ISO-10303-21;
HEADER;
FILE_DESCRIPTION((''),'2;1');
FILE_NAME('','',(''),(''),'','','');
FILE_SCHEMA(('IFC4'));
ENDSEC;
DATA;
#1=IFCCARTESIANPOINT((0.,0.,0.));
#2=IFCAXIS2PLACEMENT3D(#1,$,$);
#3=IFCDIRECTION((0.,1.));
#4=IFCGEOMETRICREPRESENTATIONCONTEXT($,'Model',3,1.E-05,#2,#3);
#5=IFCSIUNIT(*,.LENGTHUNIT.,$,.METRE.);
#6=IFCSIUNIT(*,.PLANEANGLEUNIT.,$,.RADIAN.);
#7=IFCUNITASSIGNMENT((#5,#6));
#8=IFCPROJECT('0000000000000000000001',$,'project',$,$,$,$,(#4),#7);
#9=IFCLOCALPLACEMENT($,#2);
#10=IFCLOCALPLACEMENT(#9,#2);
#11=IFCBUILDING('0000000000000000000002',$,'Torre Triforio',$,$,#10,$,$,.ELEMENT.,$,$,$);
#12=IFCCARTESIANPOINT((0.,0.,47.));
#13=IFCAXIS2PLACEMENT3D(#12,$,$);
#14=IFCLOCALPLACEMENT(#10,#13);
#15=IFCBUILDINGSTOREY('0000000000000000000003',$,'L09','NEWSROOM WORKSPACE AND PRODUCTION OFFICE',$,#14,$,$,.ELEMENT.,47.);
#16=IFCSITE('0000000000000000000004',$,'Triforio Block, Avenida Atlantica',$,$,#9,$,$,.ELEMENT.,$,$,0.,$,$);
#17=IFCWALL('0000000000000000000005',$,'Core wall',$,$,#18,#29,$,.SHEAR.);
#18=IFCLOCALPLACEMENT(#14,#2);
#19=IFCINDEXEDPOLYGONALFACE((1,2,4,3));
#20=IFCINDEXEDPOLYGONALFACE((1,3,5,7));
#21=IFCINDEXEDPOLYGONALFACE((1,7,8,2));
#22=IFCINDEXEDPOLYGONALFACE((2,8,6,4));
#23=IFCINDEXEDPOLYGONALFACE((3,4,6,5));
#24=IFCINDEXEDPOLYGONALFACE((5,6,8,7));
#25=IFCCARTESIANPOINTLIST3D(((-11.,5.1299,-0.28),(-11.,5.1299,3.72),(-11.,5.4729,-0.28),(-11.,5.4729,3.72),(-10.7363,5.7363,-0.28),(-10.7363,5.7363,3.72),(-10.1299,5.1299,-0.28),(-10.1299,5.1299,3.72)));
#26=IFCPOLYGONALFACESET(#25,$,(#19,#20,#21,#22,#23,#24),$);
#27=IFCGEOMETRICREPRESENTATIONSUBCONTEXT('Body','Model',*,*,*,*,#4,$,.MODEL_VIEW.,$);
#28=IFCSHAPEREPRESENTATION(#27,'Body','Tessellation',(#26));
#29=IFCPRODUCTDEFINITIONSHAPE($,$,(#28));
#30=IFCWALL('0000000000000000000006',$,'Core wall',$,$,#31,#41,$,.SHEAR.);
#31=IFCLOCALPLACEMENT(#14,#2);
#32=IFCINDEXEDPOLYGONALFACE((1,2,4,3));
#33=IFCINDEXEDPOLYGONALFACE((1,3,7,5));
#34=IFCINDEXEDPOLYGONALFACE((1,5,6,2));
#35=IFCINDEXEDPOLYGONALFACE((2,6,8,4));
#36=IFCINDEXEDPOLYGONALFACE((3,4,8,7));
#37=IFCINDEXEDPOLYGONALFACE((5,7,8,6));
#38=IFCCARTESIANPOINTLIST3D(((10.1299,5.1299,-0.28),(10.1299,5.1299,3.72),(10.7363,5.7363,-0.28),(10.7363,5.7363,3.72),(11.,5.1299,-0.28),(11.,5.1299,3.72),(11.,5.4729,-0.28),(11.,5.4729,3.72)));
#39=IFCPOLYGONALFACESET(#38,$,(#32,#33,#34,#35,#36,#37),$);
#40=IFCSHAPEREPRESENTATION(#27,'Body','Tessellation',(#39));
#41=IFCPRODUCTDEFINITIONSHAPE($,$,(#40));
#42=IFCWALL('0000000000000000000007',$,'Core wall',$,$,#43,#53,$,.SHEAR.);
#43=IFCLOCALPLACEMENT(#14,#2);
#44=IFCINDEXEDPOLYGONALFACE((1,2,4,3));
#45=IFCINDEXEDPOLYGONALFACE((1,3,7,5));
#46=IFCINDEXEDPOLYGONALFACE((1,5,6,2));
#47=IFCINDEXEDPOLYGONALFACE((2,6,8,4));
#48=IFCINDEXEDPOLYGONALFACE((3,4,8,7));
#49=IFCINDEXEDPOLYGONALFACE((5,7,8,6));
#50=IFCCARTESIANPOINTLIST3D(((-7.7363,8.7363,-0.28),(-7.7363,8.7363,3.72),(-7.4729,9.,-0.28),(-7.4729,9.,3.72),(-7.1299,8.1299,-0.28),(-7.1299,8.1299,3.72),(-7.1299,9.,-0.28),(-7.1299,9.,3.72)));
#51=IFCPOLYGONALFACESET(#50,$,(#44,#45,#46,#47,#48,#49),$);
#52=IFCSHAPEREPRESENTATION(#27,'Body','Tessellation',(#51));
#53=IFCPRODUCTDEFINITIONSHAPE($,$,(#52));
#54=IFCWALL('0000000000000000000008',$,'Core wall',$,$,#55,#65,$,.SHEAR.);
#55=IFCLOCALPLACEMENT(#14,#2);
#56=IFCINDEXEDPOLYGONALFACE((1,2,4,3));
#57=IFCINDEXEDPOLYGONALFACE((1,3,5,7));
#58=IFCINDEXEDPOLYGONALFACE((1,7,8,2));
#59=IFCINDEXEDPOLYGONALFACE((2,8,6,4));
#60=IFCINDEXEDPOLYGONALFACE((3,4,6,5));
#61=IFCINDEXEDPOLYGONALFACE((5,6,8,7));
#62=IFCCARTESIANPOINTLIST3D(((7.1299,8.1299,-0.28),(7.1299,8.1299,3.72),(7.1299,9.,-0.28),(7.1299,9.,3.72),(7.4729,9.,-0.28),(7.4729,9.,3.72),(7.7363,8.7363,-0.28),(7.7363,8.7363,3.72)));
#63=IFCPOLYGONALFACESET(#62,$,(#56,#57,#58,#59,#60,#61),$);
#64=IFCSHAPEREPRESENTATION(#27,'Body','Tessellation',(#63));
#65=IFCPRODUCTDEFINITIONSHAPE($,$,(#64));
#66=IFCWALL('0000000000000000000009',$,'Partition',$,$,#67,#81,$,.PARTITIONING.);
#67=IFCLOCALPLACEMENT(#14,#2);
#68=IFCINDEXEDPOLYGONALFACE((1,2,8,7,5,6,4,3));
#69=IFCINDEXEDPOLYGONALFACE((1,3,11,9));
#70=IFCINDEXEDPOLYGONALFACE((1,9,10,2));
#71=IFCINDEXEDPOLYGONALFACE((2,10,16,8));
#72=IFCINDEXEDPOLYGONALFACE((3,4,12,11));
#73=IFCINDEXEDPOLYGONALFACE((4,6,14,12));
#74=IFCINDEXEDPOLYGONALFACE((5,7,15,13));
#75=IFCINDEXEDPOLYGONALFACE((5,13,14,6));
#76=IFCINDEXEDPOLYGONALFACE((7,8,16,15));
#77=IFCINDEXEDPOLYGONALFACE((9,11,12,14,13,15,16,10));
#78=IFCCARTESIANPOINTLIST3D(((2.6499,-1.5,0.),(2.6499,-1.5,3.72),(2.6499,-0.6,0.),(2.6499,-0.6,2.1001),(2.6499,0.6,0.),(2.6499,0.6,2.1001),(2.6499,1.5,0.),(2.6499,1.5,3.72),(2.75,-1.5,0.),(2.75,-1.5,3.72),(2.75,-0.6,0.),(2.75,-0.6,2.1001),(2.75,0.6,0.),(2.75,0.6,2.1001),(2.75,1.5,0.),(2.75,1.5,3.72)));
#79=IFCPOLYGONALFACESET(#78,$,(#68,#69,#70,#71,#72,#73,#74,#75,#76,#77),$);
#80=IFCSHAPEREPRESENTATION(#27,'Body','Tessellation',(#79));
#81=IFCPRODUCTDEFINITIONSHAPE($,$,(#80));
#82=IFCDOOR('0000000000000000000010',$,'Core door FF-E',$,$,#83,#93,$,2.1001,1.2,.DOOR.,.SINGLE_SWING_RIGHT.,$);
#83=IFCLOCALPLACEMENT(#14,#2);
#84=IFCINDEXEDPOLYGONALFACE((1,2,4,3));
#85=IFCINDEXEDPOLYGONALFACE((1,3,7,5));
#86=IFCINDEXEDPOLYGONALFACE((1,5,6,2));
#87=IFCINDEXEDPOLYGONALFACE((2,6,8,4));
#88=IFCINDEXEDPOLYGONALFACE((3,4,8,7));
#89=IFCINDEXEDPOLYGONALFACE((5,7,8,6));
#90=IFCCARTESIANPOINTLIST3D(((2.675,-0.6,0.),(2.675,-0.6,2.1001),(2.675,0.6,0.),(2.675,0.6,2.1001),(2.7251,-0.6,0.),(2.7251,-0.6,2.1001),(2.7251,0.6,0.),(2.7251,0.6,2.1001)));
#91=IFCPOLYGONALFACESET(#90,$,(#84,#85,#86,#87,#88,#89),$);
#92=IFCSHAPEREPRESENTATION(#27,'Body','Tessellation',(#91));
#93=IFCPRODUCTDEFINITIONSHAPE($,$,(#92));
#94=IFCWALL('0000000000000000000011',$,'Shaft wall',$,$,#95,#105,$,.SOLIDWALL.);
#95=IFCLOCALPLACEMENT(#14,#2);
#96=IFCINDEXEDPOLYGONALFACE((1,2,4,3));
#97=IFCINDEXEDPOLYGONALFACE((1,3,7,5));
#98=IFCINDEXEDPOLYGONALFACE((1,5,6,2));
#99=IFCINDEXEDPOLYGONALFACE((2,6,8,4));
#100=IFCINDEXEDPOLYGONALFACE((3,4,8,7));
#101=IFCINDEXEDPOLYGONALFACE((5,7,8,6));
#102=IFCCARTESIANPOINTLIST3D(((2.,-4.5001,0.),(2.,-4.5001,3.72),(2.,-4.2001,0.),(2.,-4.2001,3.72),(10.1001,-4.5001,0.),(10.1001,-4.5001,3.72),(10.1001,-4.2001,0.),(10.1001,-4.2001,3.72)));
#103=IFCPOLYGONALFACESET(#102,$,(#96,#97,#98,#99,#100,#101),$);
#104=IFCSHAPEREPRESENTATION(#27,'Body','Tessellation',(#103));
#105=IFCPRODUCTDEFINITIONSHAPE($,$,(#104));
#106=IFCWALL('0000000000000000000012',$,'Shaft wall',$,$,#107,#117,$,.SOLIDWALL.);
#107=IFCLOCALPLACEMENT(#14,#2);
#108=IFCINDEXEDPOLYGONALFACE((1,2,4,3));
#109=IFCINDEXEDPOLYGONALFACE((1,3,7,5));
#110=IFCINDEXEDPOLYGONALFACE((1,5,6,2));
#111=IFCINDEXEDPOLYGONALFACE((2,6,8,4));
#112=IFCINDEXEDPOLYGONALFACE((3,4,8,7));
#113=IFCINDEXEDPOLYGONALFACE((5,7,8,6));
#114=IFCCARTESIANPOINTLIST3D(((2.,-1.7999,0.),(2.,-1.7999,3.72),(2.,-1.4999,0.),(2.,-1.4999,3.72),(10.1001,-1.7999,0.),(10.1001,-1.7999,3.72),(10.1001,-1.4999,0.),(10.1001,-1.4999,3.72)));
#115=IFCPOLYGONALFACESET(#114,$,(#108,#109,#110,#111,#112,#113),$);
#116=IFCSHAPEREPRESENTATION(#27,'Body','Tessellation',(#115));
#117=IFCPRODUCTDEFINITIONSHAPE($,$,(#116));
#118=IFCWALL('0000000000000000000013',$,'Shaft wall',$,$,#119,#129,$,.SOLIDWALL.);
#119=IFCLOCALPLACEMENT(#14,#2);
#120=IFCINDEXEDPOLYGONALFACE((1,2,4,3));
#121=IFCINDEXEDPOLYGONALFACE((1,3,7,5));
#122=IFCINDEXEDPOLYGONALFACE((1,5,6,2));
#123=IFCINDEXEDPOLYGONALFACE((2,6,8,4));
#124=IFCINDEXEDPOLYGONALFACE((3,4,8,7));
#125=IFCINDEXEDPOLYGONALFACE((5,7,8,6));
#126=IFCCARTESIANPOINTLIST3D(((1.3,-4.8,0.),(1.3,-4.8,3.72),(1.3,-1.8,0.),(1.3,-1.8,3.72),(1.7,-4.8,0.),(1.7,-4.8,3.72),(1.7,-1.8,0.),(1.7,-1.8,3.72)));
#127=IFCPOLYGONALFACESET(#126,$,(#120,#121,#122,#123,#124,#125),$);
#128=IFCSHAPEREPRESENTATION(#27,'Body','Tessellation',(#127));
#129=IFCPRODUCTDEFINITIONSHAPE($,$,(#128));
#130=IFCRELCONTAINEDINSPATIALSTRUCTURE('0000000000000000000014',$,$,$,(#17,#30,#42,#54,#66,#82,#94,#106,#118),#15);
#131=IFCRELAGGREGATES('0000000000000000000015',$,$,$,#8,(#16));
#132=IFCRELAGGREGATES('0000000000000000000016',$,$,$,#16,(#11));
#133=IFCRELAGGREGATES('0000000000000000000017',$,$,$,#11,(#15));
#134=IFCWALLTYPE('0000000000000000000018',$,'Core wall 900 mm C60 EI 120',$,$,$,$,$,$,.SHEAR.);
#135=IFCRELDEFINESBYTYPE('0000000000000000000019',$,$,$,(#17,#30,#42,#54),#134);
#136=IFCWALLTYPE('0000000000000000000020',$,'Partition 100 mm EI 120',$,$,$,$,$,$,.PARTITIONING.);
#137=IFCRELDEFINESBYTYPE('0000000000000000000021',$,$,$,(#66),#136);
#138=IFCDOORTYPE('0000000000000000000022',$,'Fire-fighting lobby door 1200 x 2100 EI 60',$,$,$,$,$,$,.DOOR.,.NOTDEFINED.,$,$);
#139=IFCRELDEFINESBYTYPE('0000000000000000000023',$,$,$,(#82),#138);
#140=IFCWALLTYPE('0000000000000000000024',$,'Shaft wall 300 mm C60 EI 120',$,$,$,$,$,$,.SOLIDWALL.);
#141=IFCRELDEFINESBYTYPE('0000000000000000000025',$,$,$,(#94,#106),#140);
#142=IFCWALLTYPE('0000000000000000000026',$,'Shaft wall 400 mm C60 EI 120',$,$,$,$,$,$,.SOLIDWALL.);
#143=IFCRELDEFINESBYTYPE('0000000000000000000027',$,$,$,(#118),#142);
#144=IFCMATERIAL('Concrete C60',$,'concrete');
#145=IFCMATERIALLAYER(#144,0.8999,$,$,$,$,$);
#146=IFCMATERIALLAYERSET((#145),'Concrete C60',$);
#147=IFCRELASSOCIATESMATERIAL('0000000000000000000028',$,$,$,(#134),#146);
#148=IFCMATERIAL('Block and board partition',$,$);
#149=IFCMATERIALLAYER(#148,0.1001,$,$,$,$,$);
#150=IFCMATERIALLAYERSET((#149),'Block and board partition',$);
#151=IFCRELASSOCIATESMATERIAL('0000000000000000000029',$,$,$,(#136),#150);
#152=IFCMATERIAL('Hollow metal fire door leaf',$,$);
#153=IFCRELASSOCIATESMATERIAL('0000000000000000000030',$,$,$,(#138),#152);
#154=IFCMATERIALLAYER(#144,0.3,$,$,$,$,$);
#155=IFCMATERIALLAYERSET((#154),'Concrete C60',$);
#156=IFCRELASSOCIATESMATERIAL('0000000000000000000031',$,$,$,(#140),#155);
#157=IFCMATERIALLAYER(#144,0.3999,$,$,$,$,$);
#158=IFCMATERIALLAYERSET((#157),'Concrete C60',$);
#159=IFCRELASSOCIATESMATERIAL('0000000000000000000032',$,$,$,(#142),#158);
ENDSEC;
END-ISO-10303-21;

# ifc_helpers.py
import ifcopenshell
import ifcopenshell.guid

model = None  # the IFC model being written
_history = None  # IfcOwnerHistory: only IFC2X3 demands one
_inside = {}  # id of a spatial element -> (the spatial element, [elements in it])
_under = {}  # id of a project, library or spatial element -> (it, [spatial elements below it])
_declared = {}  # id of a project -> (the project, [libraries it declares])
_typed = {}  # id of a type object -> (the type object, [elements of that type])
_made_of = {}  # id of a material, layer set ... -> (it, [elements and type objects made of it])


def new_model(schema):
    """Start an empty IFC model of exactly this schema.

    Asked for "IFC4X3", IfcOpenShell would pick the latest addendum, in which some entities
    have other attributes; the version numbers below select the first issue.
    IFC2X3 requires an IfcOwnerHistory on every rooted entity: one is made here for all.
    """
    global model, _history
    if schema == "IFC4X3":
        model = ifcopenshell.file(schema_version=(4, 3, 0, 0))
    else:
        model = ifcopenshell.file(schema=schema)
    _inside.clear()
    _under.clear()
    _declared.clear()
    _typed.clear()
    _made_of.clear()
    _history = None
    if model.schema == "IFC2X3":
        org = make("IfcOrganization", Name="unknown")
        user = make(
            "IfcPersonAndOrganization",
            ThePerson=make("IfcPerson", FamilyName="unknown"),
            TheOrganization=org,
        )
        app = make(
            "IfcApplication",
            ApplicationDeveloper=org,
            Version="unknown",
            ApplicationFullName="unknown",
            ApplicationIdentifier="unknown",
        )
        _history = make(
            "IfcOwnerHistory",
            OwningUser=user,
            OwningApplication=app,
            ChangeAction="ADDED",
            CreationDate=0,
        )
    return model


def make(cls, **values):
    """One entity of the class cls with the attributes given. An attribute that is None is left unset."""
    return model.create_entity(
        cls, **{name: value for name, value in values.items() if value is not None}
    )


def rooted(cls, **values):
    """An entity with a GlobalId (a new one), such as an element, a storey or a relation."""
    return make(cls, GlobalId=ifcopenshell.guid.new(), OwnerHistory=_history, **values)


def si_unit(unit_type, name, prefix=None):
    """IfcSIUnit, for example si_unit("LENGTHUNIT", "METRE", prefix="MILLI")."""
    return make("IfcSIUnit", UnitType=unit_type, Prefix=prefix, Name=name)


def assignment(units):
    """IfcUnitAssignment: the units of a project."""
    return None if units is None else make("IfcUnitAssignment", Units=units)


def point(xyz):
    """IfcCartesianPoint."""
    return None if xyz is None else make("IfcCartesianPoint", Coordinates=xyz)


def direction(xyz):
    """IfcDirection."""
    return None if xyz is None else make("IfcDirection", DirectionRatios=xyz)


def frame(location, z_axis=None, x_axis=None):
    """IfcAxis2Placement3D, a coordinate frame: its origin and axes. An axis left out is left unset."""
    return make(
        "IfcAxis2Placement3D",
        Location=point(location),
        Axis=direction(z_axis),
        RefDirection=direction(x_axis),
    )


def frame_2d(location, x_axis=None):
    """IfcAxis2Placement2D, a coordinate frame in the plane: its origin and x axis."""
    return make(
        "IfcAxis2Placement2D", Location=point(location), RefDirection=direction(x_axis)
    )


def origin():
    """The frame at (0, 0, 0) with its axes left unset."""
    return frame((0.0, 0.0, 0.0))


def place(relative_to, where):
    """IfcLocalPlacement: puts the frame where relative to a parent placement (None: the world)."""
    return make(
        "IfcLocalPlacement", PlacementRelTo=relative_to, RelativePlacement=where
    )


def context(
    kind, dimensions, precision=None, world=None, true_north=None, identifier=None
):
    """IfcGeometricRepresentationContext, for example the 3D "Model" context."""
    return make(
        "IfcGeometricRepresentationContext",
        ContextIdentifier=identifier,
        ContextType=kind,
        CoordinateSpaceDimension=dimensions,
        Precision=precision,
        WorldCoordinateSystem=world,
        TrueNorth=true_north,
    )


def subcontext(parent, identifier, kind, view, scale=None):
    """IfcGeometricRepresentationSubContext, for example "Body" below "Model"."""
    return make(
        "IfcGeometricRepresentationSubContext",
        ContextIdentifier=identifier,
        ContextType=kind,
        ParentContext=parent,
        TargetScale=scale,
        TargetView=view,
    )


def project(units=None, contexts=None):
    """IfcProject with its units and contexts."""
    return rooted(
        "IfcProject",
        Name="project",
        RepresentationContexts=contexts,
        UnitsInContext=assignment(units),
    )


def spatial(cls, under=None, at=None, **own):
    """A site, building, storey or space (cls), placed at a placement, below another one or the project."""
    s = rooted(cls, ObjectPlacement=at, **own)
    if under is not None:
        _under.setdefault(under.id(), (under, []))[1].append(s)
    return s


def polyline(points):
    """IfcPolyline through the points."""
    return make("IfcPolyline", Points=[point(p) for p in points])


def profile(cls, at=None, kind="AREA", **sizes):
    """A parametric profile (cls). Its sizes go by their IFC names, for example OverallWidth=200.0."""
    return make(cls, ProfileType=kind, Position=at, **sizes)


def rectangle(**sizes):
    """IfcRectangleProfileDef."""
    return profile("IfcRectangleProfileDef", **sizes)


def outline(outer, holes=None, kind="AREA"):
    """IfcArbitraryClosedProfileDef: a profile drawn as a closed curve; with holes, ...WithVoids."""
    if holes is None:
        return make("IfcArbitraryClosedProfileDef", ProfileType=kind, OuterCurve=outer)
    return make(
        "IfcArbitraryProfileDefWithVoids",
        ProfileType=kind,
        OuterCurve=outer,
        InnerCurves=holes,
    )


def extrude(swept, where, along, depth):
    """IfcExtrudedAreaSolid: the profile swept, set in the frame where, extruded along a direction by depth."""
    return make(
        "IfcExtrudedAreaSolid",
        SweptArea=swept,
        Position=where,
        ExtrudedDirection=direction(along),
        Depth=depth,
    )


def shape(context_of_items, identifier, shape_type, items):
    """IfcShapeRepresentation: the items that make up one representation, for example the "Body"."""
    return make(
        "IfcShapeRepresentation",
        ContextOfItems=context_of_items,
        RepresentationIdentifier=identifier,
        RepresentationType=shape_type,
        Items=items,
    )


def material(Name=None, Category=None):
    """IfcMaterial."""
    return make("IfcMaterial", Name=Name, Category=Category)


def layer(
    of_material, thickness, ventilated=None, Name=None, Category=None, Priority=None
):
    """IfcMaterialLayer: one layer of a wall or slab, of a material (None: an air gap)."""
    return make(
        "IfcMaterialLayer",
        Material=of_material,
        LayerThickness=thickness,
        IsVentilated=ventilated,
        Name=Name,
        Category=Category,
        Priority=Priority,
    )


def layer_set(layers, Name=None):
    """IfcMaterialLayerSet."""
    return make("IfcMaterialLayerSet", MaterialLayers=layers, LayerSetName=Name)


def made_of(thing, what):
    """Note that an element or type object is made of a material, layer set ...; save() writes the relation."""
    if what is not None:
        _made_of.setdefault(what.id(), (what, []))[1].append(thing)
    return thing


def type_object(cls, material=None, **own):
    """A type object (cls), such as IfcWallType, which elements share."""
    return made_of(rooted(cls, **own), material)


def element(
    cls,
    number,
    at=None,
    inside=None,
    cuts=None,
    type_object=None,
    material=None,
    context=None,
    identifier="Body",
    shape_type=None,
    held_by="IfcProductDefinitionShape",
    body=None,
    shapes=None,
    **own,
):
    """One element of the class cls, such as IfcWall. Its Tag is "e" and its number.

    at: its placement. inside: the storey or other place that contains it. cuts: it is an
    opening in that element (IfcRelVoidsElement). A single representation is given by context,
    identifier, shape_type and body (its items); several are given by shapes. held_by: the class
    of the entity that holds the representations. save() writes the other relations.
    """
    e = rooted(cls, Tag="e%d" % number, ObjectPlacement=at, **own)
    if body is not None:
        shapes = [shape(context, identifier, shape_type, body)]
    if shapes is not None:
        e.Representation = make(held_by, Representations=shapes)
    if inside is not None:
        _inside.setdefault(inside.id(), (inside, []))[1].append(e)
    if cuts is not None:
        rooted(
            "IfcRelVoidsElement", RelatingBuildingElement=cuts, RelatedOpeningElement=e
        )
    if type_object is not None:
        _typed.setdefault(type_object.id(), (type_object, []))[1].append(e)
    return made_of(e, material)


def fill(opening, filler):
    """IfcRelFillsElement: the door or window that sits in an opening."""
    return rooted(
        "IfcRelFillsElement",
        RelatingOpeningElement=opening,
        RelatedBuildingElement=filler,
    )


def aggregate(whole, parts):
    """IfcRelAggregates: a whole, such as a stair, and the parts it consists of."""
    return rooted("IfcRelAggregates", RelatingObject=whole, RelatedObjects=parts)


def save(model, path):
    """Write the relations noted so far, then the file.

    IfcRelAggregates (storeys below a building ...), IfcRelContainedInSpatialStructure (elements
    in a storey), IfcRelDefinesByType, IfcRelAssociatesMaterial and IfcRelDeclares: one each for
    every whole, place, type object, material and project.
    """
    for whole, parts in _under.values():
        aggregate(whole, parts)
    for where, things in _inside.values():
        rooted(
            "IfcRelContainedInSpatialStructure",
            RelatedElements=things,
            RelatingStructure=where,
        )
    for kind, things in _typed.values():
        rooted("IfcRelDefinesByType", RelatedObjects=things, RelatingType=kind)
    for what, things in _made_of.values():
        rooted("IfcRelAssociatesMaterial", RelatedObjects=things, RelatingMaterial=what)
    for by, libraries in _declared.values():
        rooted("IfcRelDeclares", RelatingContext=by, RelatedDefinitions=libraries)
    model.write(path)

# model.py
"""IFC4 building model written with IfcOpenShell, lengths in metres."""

from ifc_helpers import new_model, si_unit, direction, frame, frame_2d, origin, place, context, subcontext, project, spatial, polyline, rectangle, outline, extrude, material, layer, layer_set, type_object, element, fill, save


model = new_model("IFC4")

# Units and contexts
model_context = context("Model", 3, precision=1e-05, world=origin(), true_north=direction((0.0, 1.0)))
body_context = subcontext(model_context, "Body", "Model", "MODEL_VIEW")
ifc_project = project(units=[si_unit("LENGTHUNIT", "METRE"), si_unit("PLANEANGLEUNIT", "RADIAN")], contexts=[model_context])

# Site, building, storey
site_placement = place(None, origin())
site = spatial("IfcSite", under=ifc_project, at=site_placement, Name="Triforio Block, Avenida Atlantica", CompositionType="ELEMENT", RefElevation=0.0)
building_placement = place(site_placement, origin())
building = spatial("IfcBuilding", under=site, at=building_placement, Name="Torre Triforio", CompositionType="ELEMENT")
storey_placement = place(building_placement, frame((0.0, 0.0, 47.0)))
storey = spatial("IfcBuildingStorey", under=building, at=storey_placement, Name="L09", Description="NEWSROOM WORKSPACE AND PRODUCTION OFFICE", CompositionType="ELEMENT", Elevation=47.0)

# Shared definitions
ifc_material_1 = material(Name="Concrete C60", Category="concrete")

# Walls
ifc_layer_1 = layer(ifc_material_1, 0.8999)
ifc_layer_set_1 = layer_set([ifc_layer_1], Name="Concrete C60")
wall_type_1 = type_object("IfcWallType", Name="Core wall 900 mm C60 EI 120", PredefinedType="SHEAR", material=ifc_layer_set_1)
wall_1_placement = place(storey_placement, frame((0.0, 0.0, -0.28)))
element("IfcWall", 1, at=wall_1_placement, inside=storey, type_object=wall_type_1, Name="Core wall", PredefinedType="SHEAR", context=body_context, shape_type="SweptSolid", body=[
    extrude(outline(polyline([(-10.7363, 5.7363), (-10.1299, 5.1299), (-11.0, 5.1299), (-11.0, 5.4729), (-10.7363, 5.7363)])), origin(), (0.0, 0.0, 1.0), 4.0),
])
wall_2_placement = place(storey_placement, frame((0.0, 0.0, -0.28)))
element("IfcWall", 2, at=wall_2_placement, inside=storey, type_object=wall_type_1, Name="Core wall", PredefinedType="SHEAR", context=body_context, shape_type="SweptSolid", body=[
    extrude(outline(polyline([(11.0, 5.4729), (11.0, 5.1299), (10.1299, 5.1299), (10.7363, 5.7363), (11.0, 5.4729)])), origin(), (0.0, 0.0, 1.0), 4.0),
])
wall_3_placement = place(storey_placement, frame((0.0, 0.0, -0.28)))
element("IfcWall", 3, at=wall_3_placement, inside=storey, type_object=wall_type_1, Name="Core wall", PredefinedType="SHEAR", context=body_context, shape_type="SweptSolid", body=[
    extrude(outline(polyline([(-7.4729, 9.0), (-7.1299, 9.0), (-7.1299, 8.1299), (-7.7363, 8.7363), (-7.4729, 9.0)])), origin(), (0.0, 0.0, 1.0), 4.0),
])
wall_4_placement = place(storey_placement, frame((0.0, 0.0, -0.28)))
element("IfcWall", 4, at=wall_4_placement, inside=storey, type_object=wall_type_1, Name="Core wall", PredefinedType="SHEAR", context=body_context, shape_type="SweptSolid", body=[
    extrude(outline(polyline([(7.4729, 9.0), (7.7363, 8.7363), (7.1299, 8.1299), (7.1299, 9.0), (7.4729, 9.0)])), origin(), (0.0, 0.0, 1.0), 4.0),
])

# Wall, opening, door
ifc_material_2 = material(Name="Block and board partition")
ifc_layer_2 = layer(ifc_material_2, 0.1001)
ifc_layer_set_2 = layer_set([ifc_layer_2], Name="Block and board partition")
wall_type_2 = type_object("IfcWallType", Name="Partition 100 mm EI 120", PredefinedType="PARTITIONING", material=ifc_layer_set_2)
wall_5_placement = place(storey_placement, frame((2.7, -1.5, 0.0), z_axis=(0.0, 0.0, 1.0), x_axis=(0.0, 1.0, 0.0)))
wall_5 = element("IfcWall", 5, at=wall_5_placement, inside=storey, type_object=wall_type_2, Name="Partition", PredefinedType="PARTITIONING", context=body_context, shape_type="SweptSolid", body=[
    extrude(rectangle(XDim=3.0, YDim=0.1001, at=frame_2d((1.5, 0.0))), origin(), (0.0, 0.0, 1.0), 3.72),
])
opening_placement = place(wall_5_placement, frame((0.8999, 0.0, 0.0)))
opening = element("IfcOpeningElement", 6, at=opening_placement, cuts=wall_5, PredefinedType="OPENING", context=body_context, shape_type="SweptSolid", body=[
    extrude(rectangle(XDim=1.2, YDim=2.1001, at=frame_2d((0.6001, 1.05))), frame((0.0, 0.0601, 0.0), z_axis=(0.0, -1.0, 0.0), x_axis=(1.0, 0.0, 0.0)), (0.0, 0.0, 1.0), 0.1201),
])
ifc_material_3 = material(Name="Hollow metal fire door leaf")
door_type = type_object("IfcDoorType", Name="Fire-fighting lobby door 1200 x 2100 EI 60", OperationType="NOTDEFINED", PredefinedType="DOOR", material=ifc_material_3)
door_placement = place(opening_placement, origin())
door = element("IfcDoor", 7, at=door_placement, inside=storey, type_object=door_type, Name="Core door FF-E", OperationType="SINGLE_SWING_RIGHT", OverallHeight=2.1001, OverallWidth=1.2, PredefinedType="DOOR", context=body_context, shape_type="SweptSolid", body=[
    extrude(rectangle(XDim=1.2, YDim=2.1001, at=frame_2d((0.6001, 1.05))), frame((0.0, 0.0249, 0.0), z_axis=(0.0, -1.0, 0.0), x_axis=(1.0, 0.0, 0.0)), (0.0, 0.0, 1.0), 0.05),
])
fill(opening, door)

# Walls
ifc_layer_3 = layer(ifc_material_1, 0.3)
ifc_layer_set_3 = layer_set([ifc_layer_3], Name="Concrete C60")
wall_type_3 = type_object("IfcWallType", Name="Shaft wall 300 mm C60 EI 120", PredefinedType="SOLIDWALL", material=ifc_layer_set_3)
for number, where, z_axis, x_axis, name in (
    (8, (2.0, -4.3501, 0.0), (0.0, 0.0, 1.0), (1.0, 0.0, 0.0), "Shaft wall"),
    (9, (2.0, -1.6499, 0.0), (0.0, 0.0, 1.0), (1.0, 0.0, 0.0), "Shaft wall"),
):
    element("IfcWall", number, at=place(storey_placement, frame(where, z_axis=z_axis, x_axis=x_axis)), inside=storey, type_object=wall_type_3, Name=name, PredefinedType="SOLIDWALL", context=body_context, shape_type="SweptSolid", body=[
        extrude(rectangle(XDim=8.1001, YDim=0.3, at=frame_2d((4.05, 0.0))), origin(), (0.0, 0.0, 1.0), 3.72),
    ])
ifc_layer_4 = layer(ifc_material_1, 0.3999)
ifc_layer_set_4 = layer_set([ifc_layer_4], Name="Concrete C60")
wall_type_4 = type_object("IfcWallType", Name="Shaft wall 400 mm C60 EI 120", PredefinedType="SOLIDWALL", material=ifc_layer_set_4)
wall_6_placement = place(storey_placement, frame((1.5, -4.8, 0.0), z_axis=(0.0, 0.0, 1.0), x_axis=(0.0, 1.0, 0.0)))
element("IfcWall", 10, at=wall_6_placement, inside=storey, type_object=wall_type_4, Name="Shaft wall", PredefinedType="SOLIDWALL", context=body_context, shape_type="SweptSolid", body=[
    extrude(rectangle(XDim=3.0, YDim=0.3999, at=frame_2d((1.5, 0.0))), origin(), (0.0, 0.0, 1.0), 3.72),
])

save(model, "model.ifc")
